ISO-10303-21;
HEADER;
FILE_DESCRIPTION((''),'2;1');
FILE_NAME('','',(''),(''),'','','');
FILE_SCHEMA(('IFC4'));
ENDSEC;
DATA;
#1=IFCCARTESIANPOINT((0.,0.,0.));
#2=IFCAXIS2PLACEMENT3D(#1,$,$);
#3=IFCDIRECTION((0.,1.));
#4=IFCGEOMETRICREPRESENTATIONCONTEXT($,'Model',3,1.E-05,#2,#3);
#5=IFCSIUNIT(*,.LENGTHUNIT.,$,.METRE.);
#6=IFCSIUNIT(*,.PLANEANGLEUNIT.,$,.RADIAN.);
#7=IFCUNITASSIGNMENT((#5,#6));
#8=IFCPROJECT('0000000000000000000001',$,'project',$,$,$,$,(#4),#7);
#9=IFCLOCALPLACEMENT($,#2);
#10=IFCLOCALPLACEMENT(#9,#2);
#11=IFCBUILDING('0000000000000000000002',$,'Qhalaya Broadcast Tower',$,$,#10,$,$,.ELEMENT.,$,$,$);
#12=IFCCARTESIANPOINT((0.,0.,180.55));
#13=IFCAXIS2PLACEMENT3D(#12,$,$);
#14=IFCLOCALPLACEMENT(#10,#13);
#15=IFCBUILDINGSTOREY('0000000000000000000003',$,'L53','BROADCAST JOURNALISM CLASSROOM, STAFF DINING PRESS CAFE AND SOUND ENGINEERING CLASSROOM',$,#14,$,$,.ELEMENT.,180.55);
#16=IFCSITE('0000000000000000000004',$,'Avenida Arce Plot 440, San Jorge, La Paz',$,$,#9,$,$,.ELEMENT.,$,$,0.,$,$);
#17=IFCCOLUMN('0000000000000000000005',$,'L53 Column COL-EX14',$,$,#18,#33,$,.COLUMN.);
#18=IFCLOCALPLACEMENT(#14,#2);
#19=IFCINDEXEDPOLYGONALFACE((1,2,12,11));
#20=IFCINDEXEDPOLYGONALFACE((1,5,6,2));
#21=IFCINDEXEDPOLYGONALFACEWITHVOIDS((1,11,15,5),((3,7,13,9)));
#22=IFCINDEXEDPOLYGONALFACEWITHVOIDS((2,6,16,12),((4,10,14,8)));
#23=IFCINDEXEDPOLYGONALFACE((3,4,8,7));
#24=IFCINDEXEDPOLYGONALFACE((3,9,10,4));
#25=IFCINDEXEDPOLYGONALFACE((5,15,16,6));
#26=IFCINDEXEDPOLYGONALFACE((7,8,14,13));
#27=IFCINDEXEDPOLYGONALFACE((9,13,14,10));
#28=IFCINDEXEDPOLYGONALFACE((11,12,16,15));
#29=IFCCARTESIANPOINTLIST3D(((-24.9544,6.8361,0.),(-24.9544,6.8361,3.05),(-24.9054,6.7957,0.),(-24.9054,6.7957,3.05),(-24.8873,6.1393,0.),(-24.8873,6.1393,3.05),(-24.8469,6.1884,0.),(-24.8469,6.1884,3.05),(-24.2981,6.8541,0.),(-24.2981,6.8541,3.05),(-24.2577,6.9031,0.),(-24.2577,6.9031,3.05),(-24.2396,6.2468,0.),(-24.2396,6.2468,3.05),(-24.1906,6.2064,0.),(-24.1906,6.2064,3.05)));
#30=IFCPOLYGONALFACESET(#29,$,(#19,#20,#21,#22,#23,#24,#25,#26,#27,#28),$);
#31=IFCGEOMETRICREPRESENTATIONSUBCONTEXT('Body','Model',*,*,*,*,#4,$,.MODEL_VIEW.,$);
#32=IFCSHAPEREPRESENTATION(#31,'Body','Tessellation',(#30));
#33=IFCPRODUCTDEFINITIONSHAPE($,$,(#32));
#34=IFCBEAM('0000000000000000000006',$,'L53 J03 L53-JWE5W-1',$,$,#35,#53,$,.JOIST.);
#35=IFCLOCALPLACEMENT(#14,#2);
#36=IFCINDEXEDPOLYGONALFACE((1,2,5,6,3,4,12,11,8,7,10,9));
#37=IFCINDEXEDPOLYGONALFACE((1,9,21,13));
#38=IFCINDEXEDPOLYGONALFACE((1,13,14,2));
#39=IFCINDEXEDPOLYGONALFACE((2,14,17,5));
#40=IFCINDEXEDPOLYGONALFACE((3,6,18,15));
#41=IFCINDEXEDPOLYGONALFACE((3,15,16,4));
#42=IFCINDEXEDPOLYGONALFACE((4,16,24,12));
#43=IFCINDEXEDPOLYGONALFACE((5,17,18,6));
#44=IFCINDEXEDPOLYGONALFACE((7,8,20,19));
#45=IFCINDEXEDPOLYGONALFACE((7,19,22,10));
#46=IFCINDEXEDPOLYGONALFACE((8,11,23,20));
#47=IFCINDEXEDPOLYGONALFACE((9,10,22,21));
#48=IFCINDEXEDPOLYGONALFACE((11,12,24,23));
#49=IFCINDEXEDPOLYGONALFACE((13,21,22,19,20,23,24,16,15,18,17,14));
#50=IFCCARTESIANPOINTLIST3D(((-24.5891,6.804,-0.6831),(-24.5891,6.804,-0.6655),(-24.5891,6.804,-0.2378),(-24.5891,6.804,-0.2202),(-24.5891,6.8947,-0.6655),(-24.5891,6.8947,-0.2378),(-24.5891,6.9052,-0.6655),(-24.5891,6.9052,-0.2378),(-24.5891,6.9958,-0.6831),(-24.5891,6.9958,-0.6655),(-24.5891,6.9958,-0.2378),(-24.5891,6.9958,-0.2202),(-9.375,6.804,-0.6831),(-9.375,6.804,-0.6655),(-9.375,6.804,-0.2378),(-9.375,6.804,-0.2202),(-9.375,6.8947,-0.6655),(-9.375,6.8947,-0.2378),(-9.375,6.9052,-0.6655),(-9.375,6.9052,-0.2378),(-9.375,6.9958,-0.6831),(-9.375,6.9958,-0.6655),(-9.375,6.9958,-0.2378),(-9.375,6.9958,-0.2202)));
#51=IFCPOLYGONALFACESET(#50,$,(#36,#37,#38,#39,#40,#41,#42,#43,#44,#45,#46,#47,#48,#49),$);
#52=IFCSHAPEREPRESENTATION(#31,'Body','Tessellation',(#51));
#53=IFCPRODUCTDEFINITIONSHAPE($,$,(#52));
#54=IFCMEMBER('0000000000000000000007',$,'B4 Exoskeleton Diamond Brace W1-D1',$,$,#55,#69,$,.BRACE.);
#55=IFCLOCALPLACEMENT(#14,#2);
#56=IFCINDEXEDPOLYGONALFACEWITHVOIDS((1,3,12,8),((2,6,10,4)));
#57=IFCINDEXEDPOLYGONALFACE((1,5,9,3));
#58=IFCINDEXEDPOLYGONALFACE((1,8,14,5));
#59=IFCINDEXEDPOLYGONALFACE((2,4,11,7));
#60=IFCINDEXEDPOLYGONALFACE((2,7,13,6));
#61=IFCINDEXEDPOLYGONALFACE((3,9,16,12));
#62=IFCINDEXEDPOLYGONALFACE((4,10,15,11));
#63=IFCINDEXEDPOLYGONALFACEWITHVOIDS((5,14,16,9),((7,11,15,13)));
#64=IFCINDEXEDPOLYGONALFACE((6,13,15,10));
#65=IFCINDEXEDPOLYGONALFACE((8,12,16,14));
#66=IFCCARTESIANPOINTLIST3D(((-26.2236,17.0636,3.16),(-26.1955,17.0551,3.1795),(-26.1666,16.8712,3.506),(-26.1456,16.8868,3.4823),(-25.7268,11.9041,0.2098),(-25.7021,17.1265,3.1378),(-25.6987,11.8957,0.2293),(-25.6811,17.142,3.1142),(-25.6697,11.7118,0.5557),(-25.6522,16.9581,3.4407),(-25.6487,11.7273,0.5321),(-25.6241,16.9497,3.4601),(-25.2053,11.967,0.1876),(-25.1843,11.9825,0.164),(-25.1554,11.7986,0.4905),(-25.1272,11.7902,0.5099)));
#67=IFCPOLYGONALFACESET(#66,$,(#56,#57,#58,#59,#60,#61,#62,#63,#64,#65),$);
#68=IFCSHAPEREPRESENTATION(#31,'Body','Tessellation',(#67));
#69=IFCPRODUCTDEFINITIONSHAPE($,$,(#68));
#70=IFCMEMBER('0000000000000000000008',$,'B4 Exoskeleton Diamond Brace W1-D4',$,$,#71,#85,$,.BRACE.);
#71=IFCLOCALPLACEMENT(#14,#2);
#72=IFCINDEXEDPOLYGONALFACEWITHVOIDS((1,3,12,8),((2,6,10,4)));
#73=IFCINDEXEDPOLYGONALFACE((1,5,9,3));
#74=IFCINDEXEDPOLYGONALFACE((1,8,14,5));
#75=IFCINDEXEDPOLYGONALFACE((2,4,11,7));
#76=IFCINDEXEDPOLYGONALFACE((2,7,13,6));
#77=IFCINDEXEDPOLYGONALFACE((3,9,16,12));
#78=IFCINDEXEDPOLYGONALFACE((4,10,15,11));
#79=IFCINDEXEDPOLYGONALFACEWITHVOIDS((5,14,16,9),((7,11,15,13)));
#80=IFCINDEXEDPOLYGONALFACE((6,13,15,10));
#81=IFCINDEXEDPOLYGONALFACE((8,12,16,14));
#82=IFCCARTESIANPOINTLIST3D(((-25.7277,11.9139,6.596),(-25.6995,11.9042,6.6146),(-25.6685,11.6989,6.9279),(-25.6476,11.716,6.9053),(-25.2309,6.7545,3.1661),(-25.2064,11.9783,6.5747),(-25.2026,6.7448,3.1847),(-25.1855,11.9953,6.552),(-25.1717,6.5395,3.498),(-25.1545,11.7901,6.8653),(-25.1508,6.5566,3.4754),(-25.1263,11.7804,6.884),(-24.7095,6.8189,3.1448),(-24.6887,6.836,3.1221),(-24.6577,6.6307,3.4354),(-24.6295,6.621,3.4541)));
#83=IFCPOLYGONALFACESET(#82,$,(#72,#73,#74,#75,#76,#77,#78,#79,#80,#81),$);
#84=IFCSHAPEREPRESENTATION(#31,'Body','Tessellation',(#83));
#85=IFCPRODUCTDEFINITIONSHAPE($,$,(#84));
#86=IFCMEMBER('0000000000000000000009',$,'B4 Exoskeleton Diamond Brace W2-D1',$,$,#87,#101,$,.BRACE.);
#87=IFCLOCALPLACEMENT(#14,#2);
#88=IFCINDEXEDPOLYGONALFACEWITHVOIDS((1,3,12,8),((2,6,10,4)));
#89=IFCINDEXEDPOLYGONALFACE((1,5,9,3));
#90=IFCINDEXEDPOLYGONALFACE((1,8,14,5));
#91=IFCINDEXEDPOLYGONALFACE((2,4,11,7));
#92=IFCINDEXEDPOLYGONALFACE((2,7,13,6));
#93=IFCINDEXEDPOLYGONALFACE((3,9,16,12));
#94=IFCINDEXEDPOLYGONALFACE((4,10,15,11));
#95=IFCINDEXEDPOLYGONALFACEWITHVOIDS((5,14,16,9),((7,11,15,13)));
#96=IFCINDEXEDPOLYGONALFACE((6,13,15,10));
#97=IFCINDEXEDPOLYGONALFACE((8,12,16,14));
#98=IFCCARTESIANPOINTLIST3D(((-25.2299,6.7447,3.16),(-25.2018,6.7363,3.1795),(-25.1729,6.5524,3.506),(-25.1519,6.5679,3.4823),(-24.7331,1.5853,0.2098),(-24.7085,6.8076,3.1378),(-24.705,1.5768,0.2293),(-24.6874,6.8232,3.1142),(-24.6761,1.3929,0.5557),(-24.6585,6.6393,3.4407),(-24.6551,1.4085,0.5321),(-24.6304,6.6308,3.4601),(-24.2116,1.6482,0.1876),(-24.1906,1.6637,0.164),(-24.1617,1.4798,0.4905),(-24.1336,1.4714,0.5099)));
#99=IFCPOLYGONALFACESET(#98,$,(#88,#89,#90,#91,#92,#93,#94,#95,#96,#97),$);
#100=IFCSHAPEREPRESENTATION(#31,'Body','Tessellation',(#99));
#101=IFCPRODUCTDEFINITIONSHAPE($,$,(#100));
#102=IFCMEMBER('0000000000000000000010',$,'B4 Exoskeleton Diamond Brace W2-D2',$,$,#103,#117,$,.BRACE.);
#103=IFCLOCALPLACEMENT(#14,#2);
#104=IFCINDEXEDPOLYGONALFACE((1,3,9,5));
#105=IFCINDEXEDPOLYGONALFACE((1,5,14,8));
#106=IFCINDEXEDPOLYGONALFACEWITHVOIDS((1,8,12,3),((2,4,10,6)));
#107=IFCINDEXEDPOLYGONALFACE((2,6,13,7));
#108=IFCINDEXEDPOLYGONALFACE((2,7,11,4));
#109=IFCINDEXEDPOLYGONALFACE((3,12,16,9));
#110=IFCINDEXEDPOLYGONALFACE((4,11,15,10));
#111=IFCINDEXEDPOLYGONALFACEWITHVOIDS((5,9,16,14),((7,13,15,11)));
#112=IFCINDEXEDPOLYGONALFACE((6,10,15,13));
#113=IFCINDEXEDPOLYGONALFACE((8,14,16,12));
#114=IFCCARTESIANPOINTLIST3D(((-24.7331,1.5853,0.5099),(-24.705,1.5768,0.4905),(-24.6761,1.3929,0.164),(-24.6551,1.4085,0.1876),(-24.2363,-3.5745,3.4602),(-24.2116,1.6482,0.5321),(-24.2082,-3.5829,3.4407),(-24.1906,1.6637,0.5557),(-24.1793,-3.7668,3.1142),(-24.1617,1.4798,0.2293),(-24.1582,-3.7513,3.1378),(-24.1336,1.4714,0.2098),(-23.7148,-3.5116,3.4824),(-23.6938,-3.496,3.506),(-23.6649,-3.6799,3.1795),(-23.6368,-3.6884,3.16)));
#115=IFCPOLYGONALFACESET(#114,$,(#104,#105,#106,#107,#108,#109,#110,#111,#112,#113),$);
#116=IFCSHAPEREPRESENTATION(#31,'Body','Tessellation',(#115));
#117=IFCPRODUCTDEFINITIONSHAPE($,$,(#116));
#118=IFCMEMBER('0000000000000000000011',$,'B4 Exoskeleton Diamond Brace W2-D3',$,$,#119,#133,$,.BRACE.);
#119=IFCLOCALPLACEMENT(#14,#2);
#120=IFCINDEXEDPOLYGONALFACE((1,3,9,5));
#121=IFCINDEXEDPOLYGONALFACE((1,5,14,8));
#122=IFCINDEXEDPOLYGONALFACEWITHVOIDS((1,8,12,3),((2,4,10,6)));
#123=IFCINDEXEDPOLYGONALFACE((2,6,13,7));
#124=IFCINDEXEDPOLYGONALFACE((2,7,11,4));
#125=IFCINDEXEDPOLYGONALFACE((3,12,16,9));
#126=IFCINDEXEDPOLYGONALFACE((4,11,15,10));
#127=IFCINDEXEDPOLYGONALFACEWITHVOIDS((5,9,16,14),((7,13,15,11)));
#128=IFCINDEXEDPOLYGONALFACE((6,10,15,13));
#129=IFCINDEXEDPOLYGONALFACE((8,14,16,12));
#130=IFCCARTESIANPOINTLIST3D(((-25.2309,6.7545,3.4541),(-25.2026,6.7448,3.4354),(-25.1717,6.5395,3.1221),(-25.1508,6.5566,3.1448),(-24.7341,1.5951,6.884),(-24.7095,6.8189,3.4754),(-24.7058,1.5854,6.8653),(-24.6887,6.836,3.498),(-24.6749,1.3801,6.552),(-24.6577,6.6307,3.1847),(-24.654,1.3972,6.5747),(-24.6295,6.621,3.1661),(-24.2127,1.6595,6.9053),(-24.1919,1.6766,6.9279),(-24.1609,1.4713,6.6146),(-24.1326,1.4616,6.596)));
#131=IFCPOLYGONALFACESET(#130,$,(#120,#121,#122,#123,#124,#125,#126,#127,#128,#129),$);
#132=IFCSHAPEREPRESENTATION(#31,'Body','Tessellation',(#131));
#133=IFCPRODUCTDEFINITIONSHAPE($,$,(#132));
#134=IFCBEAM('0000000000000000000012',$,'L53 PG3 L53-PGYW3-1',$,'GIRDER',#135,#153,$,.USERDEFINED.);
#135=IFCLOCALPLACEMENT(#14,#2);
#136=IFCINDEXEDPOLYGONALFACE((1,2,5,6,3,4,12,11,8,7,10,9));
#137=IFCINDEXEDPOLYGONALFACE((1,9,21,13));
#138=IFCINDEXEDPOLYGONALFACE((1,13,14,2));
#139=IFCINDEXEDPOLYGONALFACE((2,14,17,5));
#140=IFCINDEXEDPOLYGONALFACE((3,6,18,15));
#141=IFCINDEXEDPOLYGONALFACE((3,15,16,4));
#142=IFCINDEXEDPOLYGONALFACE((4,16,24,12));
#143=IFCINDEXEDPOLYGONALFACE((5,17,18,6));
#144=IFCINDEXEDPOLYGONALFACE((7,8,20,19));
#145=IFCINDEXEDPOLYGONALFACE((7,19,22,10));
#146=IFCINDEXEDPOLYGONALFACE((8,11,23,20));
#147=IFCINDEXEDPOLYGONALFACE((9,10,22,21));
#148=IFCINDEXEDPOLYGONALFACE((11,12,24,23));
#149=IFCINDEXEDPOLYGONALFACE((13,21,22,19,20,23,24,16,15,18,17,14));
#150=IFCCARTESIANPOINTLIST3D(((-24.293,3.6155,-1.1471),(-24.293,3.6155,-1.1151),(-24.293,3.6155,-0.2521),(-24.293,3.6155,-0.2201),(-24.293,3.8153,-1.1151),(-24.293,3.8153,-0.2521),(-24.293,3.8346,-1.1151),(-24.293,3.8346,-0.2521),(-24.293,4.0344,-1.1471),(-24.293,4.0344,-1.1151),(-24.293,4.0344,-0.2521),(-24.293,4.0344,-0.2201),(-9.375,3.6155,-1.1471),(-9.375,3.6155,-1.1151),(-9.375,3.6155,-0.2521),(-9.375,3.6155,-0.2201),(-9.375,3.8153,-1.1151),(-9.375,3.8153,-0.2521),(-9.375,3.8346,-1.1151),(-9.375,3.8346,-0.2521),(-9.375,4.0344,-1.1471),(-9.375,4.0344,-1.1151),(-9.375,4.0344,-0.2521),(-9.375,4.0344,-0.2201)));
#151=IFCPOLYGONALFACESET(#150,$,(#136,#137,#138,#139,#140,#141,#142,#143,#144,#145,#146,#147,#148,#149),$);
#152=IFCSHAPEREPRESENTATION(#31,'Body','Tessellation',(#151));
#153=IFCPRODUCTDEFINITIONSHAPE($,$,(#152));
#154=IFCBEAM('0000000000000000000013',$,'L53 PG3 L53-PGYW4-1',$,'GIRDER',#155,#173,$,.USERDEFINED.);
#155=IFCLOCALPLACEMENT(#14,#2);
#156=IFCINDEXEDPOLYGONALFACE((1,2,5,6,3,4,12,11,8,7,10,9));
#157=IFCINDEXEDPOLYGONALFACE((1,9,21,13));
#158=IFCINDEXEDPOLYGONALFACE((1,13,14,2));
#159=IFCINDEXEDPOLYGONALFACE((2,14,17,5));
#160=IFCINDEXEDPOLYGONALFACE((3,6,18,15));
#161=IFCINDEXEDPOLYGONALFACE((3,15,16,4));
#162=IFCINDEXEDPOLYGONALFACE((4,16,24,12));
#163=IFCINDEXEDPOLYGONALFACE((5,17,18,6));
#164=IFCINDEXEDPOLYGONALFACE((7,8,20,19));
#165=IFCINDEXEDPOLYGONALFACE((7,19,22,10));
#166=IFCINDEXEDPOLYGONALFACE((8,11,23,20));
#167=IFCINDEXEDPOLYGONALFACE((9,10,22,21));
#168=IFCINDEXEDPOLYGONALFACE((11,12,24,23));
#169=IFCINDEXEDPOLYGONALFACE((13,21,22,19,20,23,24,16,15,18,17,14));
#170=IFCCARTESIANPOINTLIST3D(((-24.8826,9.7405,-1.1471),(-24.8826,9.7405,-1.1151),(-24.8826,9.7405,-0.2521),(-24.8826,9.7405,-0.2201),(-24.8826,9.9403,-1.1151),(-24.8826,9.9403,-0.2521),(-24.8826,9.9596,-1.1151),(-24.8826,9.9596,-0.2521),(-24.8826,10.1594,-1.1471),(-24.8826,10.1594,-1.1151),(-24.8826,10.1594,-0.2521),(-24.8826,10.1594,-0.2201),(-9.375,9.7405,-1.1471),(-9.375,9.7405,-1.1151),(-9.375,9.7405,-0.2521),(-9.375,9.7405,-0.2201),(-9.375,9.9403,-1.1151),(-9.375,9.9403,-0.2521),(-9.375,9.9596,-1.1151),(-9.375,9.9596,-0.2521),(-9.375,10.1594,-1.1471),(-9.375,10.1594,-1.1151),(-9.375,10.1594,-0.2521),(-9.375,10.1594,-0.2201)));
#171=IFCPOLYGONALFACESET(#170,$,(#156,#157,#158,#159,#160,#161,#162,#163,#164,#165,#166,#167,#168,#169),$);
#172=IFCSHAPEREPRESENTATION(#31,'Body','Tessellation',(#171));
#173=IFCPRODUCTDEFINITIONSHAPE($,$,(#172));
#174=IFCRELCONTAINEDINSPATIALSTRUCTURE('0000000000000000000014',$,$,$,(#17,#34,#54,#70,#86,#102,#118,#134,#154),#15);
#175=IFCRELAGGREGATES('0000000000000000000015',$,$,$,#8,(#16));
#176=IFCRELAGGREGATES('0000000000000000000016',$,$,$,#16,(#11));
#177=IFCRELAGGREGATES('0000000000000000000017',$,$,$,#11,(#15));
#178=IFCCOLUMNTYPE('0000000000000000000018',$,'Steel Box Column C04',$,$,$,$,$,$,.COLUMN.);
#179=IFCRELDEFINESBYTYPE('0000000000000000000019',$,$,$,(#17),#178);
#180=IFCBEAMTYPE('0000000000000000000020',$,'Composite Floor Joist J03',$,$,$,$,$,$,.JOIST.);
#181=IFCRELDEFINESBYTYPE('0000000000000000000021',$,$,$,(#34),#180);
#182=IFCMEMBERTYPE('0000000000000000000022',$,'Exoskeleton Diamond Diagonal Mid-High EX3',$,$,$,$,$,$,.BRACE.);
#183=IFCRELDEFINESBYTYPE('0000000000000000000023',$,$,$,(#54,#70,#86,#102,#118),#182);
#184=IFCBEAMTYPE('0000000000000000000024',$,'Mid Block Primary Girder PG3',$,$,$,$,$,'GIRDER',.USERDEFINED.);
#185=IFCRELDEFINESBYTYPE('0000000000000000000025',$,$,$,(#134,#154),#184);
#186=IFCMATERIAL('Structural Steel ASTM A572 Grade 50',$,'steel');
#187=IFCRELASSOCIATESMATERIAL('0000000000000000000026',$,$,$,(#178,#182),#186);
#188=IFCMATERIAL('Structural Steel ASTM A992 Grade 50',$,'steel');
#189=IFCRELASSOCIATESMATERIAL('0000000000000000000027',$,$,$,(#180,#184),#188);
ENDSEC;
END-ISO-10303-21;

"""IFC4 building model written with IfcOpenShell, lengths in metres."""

from ifc_helpers import new_model, si_unit, direction, frame, origin, origin_2d, place, context, subcontext, project, spatial, hollow_rectangle, i_section, extrude, material, material_profile, profile_set, type_object, element, save


model = new_model("IFC4")

# Units and contexts
model_context = context("Model", 3, precision=1e-05, world=origin(), true_north=direction((0.0, 1.0)))
body_context = subcontext(model_context, "Body", "Model", "MODEL_VIEW")
ifc_project = project(units=[si_unit("LENGTHUNIT", "METRE"), si_unit("PLANEANGLEUNIT", "RADIAN")], contexts=[model_context])

# Site, building, storey
site_placement = place(None, origin())
site = spatial("IfcSite", under=ifc_project, at=site_placement, Name="Avenida Arce Plot 440, San Jorge, La Paz", CompositionType="ELEMENT", RefElevation=0.0)
building_placement = place(site_placement, origin())
building = spatial("IfcBuilding", under=site, at=building_placement, Name="Qhalaya Broadcast Tower", CompositionType="ELEMENT")
storey_placement = place(building_placement, frame((0.0, 0.0, 180.55)))
storey = spatial("IfcBuildingStorey", under=building, at=storey_placement, Name="L53", Description="BROADCAST JOURNALISM CLASSROOM, STAFF DINING PRESS CAFE AND SOUND ENGINEERING CLASSROOM", CompositionType="ELEMENT", Elevation=180.55)

# Column
ifc_material_1 = material(Name="Structural Steel ASTM A572 Grade 50", Category="steel")
ifc_material_profile_1 = material_profile(ifc_material_1, hollow_rectangle(XDim=0.7, YDim=0.7, WallThickness=0.0449, at=origin_2d()), Name="BOX 700x700x45")
ifc_profile_set_1 = profile_set([ifc_material_profile_1], Name="Structural Steel ASTM A572 Grade 50")
column_type = type_object("IfcColumnType", Name="Steel Box Column C04", PredefinedType="COLUMN", material=ifc_profile_set_1)
column_placement = place(storey_placement, frame((-24.5725, 6.5212, 0.0), z_axis=(0.0, 0.0, 1.0), x_axis=(-0.095846, 0.995396, 0.0)))
element("IfcColumn", 1, at=column_placement, inside=storey, type_object=column_type, Name="L53 Column COL-EX14", PredefinedType="COLUMN", context=body_context, shape_type="SweptSolid", body=[
    extrude(hollow_rectangle(XDim=0.7, YDim=0.7, WallThickness=0.0449, at=origin_2d()), origin(), (0.0, 0.0, 1.0), 3.05),
])

# Beam
ifc_material_2 = material(Name="Structural Steel ASTM A992 Grade 50", Category="steel")
ifc_material_profile_2 = material_profile(ifc_material_2, i_section(OverallWidth=0.1919, OverallDepth=0.4629, WebThickness=0.0105, FlangeThickness=0.0176, at=origin_2d()), Name="W18X60")
ifc_profile_set_2 = profile_set([ifc_material_profile_2], Name="Structural Steel ASTM A992 Grade 50")
beam_type_1 = type_object("IfcBeamType", Name="Composite Floor Joist J03", PredefinedType="JOIST", material=ifc_profile_set_2)
beam_1_placement = place(storey_placement, frame((-24.5891, 6.8999, -0.4517), z_axis=(1.0, 0.0, 0.0), x_axis=(0.0, 1.0, 0.0)))
element("IfcBeam", 2, at=beam_1_placement, inside=storey, type_object=beam_type_1, Name="L53 J03 L53-JWE5W-1", PredefinedType="JOIST", context=body_context, shape_type="SweptSolid", body=[
    extrude(i_section(OverallWidth=0.1919, OverallDepth=0.4629, WebThickness=0.0105, FlangeThickness=0.0176, at=origin_2d()), origin(), (0.0, 0.0, 1.0), 15.2141),
])

# Members
ifc_material_profile_3 = material_profile(ifc_material_1, hollow_rectangle(XDim=0.3999, YDim=0.55, WallThickness=0.0249, at=origin_2d()), Name="BOX 400x550x25")
ifc_profile_set_3 = profile_set([ifc_material_profile_3], Name="Structural Steel ASTM A572 Grade 50")
member_type = type_object("IfcMemberType", Name="Exoskeleton Diamond Diagonal Mid-High EX3", PredefinedType="BRACE", material=ifc_profile_set_3)
member_1_placement = place(storey_placement, frame((-25.427, 11.8472, 0.3599), z_axis=(-0.083303, 0.865084, 0.494661), x_axis=(0.1426, -0.48093, 0.865085)))
element("IfcMember", 3, at=member_1_placement, inside=storey, type_object=member_type, Name="B4 Exoskeleton Diamond Brace W1-D1", PredefinedType="BRACE", context=body_context, shape_type="SweptSolid", body=[
    extrude(hollow_rectangle(XDim=0.3999, YDim=0.55, WallThickness=0.0249, at=origin_2d()), origin(), (0.0, 0.0, 1.0), 5.9641),
])
member_2_placement = place(storey_placement, frame((-24.9302, 6.6877, 3.3101), z_axis=(-0.079935, 0.830106, 0.551846), x_axis=(0.148056, -0.537589, 0.830107)))
element("IfcMember", 4, at=member_2_placement, inside=storey, type_object=member_type, Name="B4 Exoskeleton Diamond Brace W1-D4", PredefinedType="BRACE", context=body_context, shape_type="SweptSolid", body=[
    extrude(hollow_rectangle(XDim=0.3999, YDim=0.55, WallThickness=0.0249, at=origin_2d()), origin(), (0.0, 0.0, 1.0), 6.2153),
])
member_3_placement = place(storey_placement, frame((-24.4333, 1.5283, 0.3599), z_axis=(-0.083303, 0.865084, 0.494661), x_axis=(0.1426, -0.48093, 0.865085)))
element("IfcMember", 5, at=member_3_placement, inside=storey, type_object=member_type, Name="B4 Exoskeleton Diamond Brace W2-D1", PredefinedType="BRACE", context=body_context, shape_type="SweptSolid", body=[
    extrude(hollow_rectangle(XDim=0.3999, YDim=0.55, WallThickness=0.0249, at=origin_2d()), origin(), (0.0, 0.0, 1.0), 5.9641),
])
member_4_placement = place(storey_placement, frame((-24.4333, 1.5283, 0.3599), z_axis=(0.0833, -0.865095, 0.494644), x_axis=(-0.142596, 0.480913, 0.865095)))
element("IfcMember", 6, at=member_4_placement, inside=storey, type_object=member_type, Name="B4 Exoskeleton Diamond Brace W2-D2", PredefinedType="BRACE", context=body_context, shape_type="SweptSolid", body=[
    extrude(hollow_rectangle(XDim=0.3999, YDim=0.55, WallThickness=0.0249, at=origin_2d()), origin(), (0.0, 0.0, 1.0), 5.9644),
])
member_5_placement = place(storey_placement, frame((-24.9302, 6.6877, 3.3101), z_axis=(0.079935, -0.830106, 0.551846), x_axis=(-0.148056, 0.537589, 0.830107)))
element("IfcMember", 7, at=member_5_placement, inside=storey, type_object=member_type, Name="B4 Exoskeleton Diamond Brace W2-D3", PredefinedType="BRACE", context=body_context, shape_type="SweptSolid", body=[
    extrude(hollow_rectangle(XDim=0.3999, YDim=0.55, WallThickness=0.0249, at=origin_2d()), origin(), (0.0, 0.0, 1.0), 6.2153),
])

# Beams
ifc_material_profile_4 = material_profile(ifc_material_2, i_section(OverallWidth=0.4189, OverallDepth=0.927, WebThickness=0.0193, FlangeThickness=0.032, at=origin_2d()), Name="W36X231")
ifc_profile_set_4 = profile_set([ifc_material_profile_4], Name="Structural Steel ASTM A992 Grade 50")
beam_type_2 = type_object("IfcBeamType", Name="Mid Block Primary Girder PG3", ElementType="GIRDER", PredefinedType="USERDEFINED", material=ifc_profile_set_4)
beam_2_placement = place(storey_placement, frame((-24.293, 3.825, -0.6836), z_axis=(1.0, 0.0, 0.0), x_axis=(0.0, 1.0, 0.0)))
element("IfcBeam", 8, at=beam_2_placement, inside=storey, type_object=beam_type_2, Name="L53 PG3 L53-PGYW3-1", ObjectType="GIRDER", PredefinedType="USERDEFINED", context=body_context, shape_type="SweptSolid", body=[
    extrude(i_section(OverallWidth=0.4189, OverallDepth=0.927, WebThickness=0.0193, FlangeThickness=0.032, at=origin_2d()), origin(), (0.0, 0.0, 1.0), 14.918),
])
beam_3_placement = place(storey_placement, frame((-24.8826, 9.95, -0.6836), z_axis=(1.0, 0.0, 0.0), x_axis=(0.0, 1.0, 0.0)))
element("IfcBeam", 9, at=beam_3_placement, inside=storey, type_object=beam_type_2, Name="L53 PG3 L53-PGYW4-1", ObjectType="GIRDER", PredefinedType="USERDEFINED", context=body_context, shape_type="SweptSolid", body=[
    extrude(i_section(OverallWidth=0.4189, OverallDepth=0.927, WebThickness=0.0193, FlangeThickness=0.032, at=origin_2d()), origin(), (0.0, 0.0, 1.0), 15.5076),
])

save(model, "model.ifc")
